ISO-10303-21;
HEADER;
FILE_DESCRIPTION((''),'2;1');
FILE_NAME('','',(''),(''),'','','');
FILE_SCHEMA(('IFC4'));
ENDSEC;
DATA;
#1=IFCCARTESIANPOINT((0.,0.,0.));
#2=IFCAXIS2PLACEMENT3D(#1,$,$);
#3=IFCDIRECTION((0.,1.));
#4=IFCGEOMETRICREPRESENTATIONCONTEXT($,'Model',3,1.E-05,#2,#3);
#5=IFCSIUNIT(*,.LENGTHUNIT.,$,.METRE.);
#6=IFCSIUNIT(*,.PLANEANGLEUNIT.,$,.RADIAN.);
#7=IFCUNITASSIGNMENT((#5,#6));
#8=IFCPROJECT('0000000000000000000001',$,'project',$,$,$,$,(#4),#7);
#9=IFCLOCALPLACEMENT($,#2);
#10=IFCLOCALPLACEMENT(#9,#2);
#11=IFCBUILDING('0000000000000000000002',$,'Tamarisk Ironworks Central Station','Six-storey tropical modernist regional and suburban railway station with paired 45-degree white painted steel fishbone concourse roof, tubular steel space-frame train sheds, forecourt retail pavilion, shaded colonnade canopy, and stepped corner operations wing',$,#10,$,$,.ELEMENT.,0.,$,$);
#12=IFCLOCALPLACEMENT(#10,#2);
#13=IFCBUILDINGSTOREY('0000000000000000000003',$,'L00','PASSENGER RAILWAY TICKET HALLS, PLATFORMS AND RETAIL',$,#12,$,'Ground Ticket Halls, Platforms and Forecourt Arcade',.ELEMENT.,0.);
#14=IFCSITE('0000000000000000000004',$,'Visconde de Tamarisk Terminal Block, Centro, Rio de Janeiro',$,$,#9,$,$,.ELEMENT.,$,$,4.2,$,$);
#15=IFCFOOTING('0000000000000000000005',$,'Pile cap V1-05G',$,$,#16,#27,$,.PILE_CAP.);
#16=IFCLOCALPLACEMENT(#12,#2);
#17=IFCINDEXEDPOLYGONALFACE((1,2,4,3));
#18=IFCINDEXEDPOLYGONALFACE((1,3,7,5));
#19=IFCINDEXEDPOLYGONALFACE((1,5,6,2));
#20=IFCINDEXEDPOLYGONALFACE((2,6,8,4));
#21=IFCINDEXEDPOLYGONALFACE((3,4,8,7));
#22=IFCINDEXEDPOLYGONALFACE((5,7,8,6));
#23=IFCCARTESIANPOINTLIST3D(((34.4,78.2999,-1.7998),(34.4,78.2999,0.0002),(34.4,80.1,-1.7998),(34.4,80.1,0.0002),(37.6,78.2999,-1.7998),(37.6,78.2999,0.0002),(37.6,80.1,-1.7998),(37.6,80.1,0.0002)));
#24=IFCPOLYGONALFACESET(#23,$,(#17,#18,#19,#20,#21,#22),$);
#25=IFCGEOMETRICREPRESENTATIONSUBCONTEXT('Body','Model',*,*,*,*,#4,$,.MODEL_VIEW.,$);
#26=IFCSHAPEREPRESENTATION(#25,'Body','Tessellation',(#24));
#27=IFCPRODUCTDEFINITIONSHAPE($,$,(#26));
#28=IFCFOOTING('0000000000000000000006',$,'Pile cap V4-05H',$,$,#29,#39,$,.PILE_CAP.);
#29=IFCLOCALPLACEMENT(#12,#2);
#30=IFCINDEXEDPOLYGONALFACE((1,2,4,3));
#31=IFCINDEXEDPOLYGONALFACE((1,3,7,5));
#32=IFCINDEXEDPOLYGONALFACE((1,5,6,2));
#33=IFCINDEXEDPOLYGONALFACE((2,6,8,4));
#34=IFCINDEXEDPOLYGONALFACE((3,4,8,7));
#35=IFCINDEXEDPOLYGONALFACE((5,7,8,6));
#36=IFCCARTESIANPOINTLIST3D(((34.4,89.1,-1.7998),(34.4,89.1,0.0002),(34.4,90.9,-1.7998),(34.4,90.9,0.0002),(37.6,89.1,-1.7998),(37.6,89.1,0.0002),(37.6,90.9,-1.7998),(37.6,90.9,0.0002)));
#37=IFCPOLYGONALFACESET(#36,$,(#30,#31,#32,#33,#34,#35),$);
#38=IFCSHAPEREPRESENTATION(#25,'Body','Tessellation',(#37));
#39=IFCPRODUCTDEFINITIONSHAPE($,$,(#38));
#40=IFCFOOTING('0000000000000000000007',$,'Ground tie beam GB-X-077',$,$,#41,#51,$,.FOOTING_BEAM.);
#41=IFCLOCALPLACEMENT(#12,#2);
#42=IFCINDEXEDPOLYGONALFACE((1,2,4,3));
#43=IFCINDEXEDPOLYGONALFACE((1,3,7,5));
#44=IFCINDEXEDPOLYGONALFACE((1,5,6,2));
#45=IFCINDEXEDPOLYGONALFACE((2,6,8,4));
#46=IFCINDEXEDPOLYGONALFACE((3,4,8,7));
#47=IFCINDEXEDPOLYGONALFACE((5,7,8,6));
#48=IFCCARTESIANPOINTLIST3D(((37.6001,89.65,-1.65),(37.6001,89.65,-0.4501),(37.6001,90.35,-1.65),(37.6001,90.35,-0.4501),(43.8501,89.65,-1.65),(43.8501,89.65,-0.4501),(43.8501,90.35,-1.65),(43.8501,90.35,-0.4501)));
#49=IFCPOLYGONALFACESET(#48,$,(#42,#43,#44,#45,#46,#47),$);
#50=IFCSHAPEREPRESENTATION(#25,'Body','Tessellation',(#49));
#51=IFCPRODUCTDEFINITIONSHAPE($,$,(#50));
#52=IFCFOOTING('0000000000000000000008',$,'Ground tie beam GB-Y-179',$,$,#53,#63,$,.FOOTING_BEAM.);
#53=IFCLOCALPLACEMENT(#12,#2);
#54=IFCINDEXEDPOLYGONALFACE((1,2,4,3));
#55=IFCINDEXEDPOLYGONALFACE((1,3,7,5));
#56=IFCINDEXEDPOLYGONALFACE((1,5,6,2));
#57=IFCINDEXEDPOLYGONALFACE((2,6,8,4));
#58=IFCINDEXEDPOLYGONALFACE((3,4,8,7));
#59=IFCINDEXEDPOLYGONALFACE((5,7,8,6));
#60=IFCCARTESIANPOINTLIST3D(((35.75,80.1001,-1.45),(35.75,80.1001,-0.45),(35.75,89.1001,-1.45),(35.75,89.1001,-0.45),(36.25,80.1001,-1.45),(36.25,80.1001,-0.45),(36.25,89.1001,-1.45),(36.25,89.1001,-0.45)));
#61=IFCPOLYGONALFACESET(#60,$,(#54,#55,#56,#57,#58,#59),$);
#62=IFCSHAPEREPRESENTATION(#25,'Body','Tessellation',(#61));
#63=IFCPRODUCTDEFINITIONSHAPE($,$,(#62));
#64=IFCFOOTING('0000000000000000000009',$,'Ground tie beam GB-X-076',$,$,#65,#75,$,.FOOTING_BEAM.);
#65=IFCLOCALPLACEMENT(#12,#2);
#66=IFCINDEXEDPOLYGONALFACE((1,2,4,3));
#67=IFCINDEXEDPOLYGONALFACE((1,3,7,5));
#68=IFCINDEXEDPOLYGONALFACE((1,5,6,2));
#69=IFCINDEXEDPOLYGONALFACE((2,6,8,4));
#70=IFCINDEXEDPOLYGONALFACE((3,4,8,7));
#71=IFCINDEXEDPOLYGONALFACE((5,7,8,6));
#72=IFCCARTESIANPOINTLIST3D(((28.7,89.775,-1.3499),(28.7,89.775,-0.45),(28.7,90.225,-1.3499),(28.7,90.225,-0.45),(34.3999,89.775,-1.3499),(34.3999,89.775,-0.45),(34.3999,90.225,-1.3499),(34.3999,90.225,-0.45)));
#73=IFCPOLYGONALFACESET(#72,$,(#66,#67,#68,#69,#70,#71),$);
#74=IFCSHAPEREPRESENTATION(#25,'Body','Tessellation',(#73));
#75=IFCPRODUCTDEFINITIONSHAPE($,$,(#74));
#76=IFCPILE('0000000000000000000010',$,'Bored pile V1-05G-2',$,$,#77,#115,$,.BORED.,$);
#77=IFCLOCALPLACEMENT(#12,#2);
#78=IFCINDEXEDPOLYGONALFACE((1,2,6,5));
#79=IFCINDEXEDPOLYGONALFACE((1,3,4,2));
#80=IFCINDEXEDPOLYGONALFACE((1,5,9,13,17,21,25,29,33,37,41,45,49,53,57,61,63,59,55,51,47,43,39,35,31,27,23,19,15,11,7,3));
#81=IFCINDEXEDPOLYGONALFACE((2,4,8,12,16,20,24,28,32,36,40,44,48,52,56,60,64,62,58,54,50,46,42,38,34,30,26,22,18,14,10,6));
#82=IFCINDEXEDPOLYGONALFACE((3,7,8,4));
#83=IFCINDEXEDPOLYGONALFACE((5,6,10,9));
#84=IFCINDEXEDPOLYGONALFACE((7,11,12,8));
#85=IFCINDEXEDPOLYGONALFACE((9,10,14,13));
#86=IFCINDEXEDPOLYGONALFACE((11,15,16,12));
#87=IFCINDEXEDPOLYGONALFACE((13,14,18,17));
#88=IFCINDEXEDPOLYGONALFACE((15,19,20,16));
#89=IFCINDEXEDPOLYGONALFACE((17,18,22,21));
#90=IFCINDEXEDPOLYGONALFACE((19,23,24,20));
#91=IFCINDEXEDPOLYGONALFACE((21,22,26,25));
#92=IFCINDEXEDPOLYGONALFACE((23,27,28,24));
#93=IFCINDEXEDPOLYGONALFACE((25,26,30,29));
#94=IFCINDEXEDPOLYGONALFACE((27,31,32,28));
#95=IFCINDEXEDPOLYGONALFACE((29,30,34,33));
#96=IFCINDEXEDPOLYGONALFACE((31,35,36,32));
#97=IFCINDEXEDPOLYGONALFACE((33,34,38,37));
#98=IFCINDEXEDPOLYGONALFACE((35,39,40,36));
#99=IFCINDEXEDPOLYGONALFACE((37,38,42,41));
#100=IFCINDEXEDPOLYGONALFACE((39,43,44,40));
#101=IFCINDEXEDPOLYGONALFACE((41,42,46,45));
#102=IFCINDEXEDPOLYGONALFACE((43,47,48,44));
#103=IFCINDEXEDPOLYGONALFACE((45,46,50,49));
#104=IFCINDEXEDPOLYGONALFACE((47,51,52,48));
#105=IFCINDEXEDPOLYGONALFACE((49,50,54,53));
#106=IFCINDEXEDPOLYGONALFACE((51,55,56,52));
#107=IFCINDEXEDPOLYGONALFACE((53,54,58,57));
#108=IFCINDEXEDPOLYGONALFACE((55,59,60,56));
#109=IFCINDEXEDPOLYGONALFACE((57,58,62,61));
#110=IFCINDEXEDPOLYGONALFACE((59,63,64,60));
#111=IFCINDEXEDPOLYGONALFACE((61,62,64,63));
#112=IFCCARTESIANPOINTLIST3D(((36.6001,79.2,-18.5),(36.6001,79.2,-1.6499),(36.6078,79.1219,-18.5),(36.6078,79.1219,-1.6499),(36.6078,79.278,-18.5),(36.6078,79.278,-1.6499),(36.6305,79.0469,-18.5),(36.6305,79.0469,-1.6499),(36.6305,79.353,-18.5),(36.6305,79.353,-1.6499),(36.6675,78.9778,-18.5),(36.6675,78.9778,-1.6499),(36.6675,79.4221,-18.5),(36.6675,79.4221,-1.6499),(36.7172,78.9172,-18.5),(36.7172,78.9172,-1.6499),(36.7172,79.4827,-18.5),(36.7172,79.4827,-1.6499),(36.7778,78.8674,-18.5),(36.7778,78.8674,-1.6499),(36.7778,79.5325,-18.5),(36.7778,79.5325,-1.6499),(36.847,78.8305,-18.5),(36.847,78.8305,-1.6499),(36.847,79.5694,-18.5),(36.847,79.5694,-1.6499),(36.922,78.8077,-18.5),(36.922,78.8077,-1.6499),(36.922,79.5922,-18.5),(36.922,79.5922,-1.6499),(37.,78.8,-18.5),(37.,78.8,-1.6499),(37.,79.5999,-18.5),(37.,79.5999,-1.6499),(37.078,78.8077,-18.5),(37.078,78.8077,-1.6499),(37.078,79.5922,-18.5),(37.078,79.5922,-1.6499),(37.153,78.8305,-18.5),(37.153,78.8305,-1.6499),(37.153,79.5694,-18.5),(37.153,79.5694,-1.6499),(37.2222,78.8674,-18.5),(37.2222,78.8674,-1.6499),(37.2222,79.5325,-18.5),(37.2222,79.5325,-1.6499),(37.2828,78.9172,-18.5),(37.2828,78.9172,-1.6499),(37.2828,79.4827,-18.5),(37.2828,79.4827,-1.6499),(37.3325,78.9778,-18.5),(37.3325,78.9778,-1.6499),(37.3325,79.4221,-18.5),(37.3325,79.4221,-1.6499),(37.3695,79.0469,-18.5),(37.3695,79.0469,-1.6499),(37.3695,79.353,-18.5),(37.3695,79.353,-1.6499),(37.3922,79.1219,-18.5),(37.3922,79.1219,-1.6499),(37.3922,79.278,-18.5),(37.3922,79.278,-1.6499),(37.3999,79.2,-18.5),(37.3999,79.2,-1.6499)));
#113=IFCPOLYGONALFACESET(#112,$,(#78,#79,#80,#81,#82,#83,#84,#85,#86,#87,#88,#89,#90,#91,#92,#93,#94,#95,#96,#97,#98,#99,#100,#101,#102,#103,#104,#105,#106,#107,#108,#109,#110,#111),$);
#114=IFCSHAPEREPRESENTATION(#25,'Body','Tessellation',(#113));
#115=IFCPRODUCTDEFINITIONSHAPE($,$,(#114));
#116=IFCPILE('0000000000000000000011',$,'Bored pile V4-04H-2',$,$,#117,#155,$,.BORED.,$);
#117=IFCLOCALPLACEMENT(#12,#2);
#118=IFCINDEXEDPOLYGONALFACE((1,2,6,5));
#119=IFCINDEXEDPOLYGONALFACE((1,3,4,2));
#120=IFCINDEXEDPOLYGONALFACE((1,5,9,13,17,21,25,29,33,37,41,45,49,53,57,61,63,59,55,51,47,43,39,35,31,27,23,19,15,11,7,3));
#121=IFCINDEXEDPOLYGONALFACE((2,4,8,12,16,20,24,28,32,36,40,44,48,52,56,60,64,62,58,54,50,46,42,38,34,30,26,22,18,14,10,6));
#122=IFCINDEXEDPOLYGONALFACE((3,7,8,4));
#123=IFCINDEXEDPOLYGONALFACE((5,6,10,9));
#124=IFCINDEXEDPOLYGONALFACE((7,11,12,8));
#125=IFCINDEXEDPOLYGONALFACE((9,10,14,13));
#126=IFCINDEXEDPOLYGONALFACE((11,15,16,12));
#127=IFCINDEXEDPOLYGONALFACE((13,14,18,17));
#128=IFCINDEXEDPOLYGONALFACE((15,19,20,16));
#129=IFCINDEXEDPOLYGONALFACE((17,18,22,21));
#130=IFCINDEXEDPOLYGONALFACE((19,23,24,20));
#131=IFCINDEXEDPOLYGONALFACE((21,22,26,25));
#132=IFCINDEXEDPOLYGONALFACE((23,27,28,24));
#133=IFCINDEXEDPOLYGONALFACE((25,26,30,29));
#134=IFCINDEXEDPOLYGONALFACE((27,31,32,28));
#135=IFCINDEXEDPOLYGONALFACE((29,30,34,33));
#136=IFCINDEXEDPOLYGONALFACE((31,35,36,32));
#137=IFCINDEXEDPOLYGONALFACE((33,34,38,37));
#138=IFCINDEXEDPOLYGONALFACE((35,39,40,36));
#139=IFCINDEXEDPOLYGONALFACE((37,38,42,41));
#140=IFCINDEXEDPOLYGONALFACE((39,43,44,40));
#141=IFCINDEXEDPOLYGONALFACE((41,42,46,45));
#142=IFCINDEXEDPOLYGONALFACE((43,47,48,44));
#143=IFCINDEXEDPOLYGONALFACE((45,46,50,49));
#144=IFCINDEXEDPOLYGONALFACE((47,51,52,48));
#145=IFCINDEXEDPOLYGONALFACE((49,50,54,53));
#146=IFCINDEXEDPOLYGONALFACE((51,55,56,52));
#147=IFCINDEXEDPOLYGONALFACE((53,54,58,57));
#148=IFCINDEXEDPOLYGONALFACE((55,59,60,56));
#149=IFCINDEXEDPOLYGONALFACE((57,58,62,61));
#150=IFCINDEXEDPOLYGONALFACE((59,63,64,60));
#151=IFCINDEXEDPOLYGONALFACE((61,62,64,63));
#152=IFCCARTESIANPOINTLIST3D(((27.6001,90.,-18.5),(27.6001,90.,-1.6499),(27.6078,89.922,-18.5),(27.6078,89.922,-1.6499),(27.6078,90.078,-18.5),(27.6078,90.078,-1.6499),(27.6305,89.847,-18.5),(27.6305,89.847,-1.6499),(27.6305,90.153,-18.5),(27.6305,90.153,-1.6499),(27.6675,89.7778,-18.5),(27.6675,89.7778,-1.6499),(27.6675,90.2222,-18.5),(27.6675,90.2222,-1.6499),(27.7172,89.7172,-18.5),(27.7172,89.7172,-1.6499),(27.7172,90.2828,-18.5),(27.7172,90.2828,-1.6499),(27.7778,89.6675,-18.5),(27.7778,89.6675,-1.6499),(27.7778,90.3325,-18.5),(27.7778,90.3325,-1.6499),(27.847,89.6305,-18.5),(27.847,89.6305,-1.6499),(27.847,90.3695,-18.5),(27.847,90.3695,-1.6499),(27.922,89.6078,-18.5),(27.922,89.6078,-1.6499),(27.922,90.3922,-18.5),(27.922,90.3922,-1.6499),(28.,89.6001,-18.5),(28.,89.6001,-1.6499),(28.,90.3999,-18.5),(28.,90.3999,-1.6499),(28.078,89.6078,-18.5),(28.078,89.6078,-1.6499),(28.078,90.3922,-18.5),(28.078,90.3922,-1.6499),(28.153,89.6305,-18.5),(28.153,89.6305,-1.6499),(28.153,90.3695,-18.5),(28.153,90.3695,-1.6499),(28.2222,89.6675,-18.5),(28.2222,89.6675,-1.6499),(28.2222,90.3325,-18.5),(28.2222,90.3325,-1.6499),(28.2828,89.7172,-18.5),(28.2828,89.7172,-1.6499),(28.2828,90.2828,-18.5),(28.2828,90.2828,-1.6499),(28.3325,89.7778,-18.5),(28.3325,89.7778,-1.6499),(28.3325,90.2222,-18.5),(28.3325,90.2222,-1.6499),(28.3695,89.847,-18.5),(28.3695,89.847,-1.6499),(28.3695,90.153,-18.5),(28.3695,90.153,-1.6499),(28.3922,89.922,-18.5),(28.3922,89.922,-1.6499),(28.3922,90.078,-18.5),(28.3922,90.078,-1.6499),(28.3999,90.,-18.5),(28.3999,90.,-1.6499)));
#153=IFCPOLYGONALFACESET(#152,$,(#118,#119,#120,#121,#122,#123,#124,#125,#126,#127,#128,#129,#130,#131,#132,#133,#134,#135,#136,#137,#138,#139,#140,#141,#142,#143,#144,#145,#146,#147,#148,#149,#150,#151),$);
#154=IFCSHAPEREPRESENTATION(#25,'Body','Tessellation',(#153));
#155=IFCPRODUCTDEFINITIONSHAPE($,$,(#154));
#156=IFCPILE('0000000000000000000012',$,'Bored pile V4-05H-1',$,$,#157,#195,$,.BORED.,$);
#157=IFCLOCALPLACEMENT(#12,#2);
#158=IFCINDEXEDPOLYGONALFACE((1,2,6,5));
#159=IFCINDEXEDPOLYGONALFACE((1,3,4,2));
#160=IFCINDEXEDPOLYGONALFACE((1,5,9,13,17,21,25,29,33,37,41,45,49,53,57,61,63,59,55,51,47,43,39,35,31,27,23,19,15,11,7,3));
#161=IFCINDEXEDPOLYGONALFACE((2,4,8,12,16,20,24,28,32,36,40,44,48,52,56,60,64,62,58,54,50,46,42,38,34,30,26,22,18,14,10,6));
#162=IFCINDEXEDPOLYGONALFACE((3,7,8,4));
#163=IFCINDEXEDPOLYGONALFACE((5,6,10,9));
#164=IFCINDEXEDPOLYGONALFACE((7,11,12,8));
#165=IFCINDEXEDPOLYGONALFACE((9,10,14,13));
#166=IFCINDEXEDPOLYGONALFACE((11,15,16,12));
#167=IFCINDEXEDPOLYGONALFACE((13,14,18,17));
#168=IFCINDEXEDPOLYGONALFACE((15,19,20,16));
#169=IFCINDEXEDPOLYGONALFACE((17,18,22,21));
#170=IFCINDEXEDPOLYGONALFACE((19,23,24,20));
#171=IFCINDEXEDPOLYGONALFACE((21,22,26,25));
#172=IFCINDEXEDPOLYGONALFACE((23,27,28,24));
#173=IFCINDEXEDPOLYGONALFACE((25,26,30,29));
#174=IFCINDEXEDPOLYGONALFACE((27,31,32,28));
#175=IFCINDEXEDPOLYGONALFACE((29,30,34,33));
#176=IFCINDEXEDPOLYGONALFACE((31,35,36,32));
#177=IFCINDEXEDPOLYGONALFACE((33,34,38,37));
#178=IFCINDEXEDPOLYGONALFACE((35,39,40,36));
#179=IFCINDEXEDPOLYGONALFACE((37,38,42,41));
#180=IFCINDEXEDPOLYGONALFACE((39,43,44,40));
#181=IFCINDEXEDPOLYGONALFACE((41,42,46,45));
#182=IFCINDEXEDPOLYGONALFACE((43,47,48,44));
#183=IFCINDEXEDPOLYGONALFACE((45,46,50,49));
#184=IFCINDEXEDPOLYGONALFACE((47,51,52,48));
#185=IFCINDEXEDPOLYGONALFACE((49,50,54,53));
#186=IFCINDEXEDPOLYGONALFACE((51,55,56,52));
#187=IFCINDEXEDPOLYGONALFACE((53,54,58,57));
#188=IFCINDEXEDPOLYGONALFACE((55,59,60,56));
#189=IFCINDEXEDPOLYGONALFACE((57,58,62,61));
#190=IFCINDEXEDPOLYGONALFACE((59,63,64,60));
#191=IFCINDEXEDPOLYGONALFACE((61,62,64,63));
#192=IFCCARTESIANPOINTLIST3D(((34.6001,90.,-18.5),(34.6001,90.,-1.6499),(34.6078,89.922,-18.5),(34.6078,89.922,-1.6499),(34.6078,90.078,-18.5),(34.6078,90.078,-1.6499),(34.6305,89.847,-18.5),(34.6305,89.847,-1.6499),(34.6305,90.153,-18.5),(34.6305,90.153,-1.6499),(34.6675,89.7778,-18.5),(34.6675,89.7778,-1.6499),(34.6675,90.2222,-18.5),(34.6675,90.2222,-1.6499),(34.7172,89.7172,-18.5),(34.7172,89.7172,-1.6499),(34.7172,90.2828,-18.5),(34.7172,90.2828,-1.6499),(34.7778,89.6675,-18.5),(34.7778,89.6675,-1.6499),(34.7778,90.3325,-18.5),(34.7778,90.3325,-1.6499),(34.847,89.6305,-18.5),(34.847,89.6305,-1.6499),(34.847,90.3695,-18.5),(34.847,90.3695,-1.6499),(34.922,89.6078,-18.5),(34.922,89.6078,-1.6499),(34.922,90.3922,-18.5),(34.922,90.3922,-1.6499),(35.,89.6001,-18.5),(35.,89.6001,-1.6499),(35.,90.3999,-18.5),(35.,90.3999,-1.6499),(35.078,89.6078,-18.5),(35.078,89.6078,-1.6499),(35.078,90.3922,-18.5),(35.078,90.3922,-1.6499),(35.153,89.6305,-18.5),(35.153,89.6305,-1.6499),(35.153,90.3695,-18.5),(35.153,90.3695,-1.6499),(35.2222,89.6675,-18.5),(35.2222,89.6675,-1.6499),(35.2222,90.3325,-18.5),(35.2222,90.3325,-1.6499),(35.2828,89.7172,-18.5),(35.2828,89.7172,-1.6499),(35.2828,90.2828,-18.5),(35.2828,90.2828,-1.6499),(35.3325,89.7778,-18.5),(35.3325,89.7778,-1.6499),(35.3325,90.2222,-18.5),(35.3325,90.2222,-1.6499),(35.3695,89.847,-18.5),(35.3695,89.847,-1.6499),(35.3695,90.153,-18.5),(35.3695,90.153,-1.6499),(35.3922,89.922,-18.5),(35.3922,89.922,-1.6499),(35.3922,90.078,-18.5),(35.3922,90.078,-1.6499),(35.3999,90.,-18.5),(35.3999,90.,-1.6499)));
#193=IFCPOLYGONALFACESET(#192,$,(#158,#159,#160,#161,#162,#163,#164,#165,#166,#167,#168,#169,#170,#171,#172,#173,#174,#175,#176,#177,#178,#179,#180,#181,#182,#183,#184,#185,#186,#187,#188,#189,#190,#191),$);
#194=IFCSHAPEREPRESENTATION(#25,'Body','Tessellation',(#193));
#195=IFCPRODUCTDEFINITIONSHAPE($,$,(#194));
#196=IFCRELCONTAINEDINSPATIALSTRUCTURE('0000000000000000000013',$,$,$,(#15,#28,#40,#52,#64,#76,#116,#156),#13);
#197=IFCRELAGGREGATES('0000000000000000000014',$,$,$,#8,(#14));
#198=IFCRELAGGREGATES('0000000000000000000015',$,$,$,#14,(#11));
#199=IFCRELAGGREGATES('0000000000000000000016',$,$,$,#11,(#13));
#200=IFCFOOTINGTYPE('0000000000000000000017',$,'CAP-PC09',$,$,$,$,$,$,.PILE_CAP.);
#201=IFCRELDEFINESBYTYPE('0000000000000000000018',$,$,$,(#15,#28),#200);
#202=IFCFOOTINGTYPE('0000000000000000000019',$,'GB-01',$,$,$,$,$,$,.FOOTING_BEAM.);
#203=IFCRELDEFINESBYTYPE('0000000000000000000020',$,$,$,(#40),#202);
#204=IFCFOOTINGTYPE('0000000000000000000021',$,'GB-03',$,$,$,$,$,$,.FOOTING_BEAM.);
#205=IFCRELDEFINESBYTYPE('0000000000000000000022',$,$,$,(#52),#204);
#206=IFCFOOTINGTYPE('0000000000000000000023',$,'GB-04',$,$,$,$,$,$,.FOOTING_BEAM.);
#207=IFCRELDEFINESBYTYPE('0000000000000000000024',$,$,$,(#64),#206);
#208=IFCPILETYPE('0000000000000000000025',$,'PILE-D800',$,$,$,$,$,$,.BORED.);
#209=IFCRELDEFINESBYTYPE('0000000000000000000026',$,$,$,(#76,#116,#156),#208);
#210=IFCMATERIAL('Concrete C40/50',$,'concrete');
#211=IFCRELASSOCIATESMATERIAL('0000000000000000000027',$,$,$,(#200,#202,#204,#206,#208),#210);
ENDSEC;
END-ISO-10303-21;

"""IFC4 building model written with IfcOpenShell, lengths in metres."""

from ifc_helpers import new_model, si_unit, direction, frame, origin, origin_2d, place, context, subcontext, project, spatial, rectangle, circle, extrude, material, material_profile, profile_set, type_object, element, save


model = new_model("IFC4")

# Units and contexts
model_context = context("Model", 3, precision=1e-05, world=origin(), true_north=direction((0.0, 1.0)))
body_context = subcontext(model_context, "Body", "Model", "MODEL_VIEW")
ifc_project = project(units=[si_unit("LENGTHUNIT", "METRE"), si_unit("PLANEANGLEUNIT", "RADIAN")], contexts=[model_context])

# Site, building, storey
site_placement = place(None, origin())
site = spatial("IfcSite", under=ifc_project, at=site_placement, Name="Visconde de Tamarisk Terminal Block, Centro, Rio de Janeiro", CompositionType="ELEMENT", RefElevation=4.2)
building_placement = place(site_placement, origin())
building = spatial("IfcBuilding", under=site, at=building_placement, Name="Tamarisk Ironworks Central Station", Description="Six-storey tropical modernist regional and suburban railway station with paired 45-degree white painted steel fishbone concourse roof, tubular steel space-frame train sheds, forecourt retail pavilion, shaded colonnade canopy, and stepped corner operations wing", CompositionType="ELEMENT", ElevationOfRefHeight=0.0)
storey_placement = place(building_placement, origin())
storey = spatial("IfcBuildingStorey", under=building, at=storey_placement, Name="L00", Description="PASSENGER RAILWAY TICKET HALLS, PLATFORMS AND RETAIL", LongName="Ground Ticket Halls, Platforms and Forecourt Arcade", CompositionType="ELEMENT", Elevation=0.0)

# Footings
ifc_material_1 = material(Name="Concrete C40/50", Category="concrete")
footing_type_1 = type_object("IfcFootingType", Name="CAP-PC09", PredefinedType="PILE_CAP", material=ifc_material_1)
for number, where, z_axis, x_axis, name in (
    (1, (36.0, 79.2, -1.7998), (0.0, 0.0, 1.0), (1.0, 0.0, 0.0), "Pile cap V1-05G"),
    (2, (36.0, 90.0, -1.7998), (0.0, 0.0, 1.0), (1.0, 0.0, 0.0), "Pile cap V4-05H"),
):
    element("IfcFooting", number, at=place(storey_placement, frame(where, z_axis=z_axis, x_axis=x_axis)), inside=storey, type_object=footing_type_1, Name=name, PredefinedType="PILE_CAP", context=body_context, shape_type="SweptSolid", body=[
        extrude(rectangle(XDim=3.2, YDim=1.8, at=origin_2d()), origin(), (0.0, 0.0, 1.0), 1.8),
    ])
ifc_material_profile_1 = material_profile(ifc_material_1, rectangle(XDim=0.7, YDim=1.2, at=origin_2d()), Name="GB01 700x1200")
ifc_profile_set_1 = profile_set([ifc_material_profile_1], Name="Concrete C40/50")
footing_type_2 = type_object("IfcFootingType", Name="GB-01", PredefinedType="FOOTING_BEAM", material=ifc_profile_set_1)
footing_1_placement = place(storey_placement, frame((37.6001, 90.0, -1.05), z_axis=(1.0, 0.0, 0.0), x_axis=(0.0, 1.0, 0.0)))
element("IfcFooting", 3, at=footing_1_placement, inside=storey, type_object=footing_type_2, Name="Ground tie beam GB-X-077", PredefinedType="FOOTING_BEAM", context=body_context, shape_type="SweptSolid", body=[
    extrude(rectangle(XDim=0.7, YDim=1.2, at=origin_2d()), origin(), (0.0, 0.0, 1.0), 6.25),
])
ifc_material_profile_2 = material_profile(ifc_material_1, rectangle(XDim=0.5, YDim=1.0, at=origin_2d()), Name="GB03 500x1000")
ifc_profile_set_2 = profile_set([ifc_material_profile_2], Name="Concrete C40/50")
footing_type_3 = type_object("IfcFootingType", Name="GB-03", PredefinedType="FOOTING_BEAM", material=ifc_profile_set_2)
footing_2_placement = place(storey_placement, frame((36.0, 80.1001, -0.95), z_axis=(0.0, 1.0, 0.0), x_axis=(-1.0, 0.0, 0.0)))
element("IfcFooting", 4, at=footing_2_placement, inside=storey, type_object=footing_type_3, Name="Ground tie beam GB-Y-179", PredefinedType="FOOTING_BEAM", context=body_context, shape_type="SweptSolid", body=[
    extrude(rectangle(XDim=0.5, YDim=1.0, at=origin_2d()), origin(), (0.0, 0.0, 1.0), 9.0),
])
ifc_material_profile_3 = material_profile(ifc_material_1, rectangle(XDim=0.45, YDim=0.8999, at=origin_2d()), Name="GB04 450x900")
ifc_profile_set_3 = profile_set([ifc_material_profile_3], Name="Concrete C40/50")
footing_type_4 = type_object("IfcFootingType", Name="GB-04", PredefinedType="FOOTING_BEAM", material=ifc_profile_set_3)
footing_3_placement = place(storey_placement, frame((28.7, 90.0, -0.8999), z_axis=(1.0, 0.0, 0.0), x_axis=(0.0, 1.0, 0.0)))
element("IfcFooting", 5, at=footing_3_placement, inside=storey, type_object=footing_type_4, Name="Ground tie beam GB-X-076", PredefinedType="FOOTING_BEAM", context=body_context, shape_type="SweptSolid", body=[
    extrude(rectangle(XDim=0.45, YDim=0.8999, at=origin_2d()), origin(), (0.0, 0.0, 1.0), 5.7),
])

# Piles
ifc_material_profile_4 = material_profile(ifc_material_1, circle(Radius=0.3999, at=origin_2d()), Name="BORED PILE D800")
ifc_profile_set_4 = profile_set([ifc_material_profile_4], Name="Concrete C40/50")
pile_type = type_object("IfcPileType", Name="PILE-D800", PredefinedType="BORED", material=ifc_profile_set_4)
for number, where, z_axis, x_axis, name in (
    (6, (37.0, 79.2, -1.6499), (0.0, 0.0, -1.0), (1.0, 0.0, 0.0), "Bored pile V1-05G-2"),
    (7, (28.0, 90.0, -1.6499), (0.0, 0.0, -1.0), (1.0, 0.0, 0.0), "Bored pile V4-04H-2"),
    (8, (35.0, 90.0, -1.6499), (0.0, 0.0, -1.0), (1.0, 0.0, 0.0), "Bored pile V4-05H-1"),
):
    element("IfcPile", number, at=place(storey_placement, frame(where, z_axis=z_axis, x_axis=x_axis)), inside=storey, type_object=pile_type, Name=name, PredefinedType="BORED", context=body_context, shape_type="SweptSolid", body=[
        extrude(circle(Radius=0.3999, at=origin_2d()), origin(), (0.0, 0.0, 1.0), 16.8501),
    ])

save(model, "model.ifc")
